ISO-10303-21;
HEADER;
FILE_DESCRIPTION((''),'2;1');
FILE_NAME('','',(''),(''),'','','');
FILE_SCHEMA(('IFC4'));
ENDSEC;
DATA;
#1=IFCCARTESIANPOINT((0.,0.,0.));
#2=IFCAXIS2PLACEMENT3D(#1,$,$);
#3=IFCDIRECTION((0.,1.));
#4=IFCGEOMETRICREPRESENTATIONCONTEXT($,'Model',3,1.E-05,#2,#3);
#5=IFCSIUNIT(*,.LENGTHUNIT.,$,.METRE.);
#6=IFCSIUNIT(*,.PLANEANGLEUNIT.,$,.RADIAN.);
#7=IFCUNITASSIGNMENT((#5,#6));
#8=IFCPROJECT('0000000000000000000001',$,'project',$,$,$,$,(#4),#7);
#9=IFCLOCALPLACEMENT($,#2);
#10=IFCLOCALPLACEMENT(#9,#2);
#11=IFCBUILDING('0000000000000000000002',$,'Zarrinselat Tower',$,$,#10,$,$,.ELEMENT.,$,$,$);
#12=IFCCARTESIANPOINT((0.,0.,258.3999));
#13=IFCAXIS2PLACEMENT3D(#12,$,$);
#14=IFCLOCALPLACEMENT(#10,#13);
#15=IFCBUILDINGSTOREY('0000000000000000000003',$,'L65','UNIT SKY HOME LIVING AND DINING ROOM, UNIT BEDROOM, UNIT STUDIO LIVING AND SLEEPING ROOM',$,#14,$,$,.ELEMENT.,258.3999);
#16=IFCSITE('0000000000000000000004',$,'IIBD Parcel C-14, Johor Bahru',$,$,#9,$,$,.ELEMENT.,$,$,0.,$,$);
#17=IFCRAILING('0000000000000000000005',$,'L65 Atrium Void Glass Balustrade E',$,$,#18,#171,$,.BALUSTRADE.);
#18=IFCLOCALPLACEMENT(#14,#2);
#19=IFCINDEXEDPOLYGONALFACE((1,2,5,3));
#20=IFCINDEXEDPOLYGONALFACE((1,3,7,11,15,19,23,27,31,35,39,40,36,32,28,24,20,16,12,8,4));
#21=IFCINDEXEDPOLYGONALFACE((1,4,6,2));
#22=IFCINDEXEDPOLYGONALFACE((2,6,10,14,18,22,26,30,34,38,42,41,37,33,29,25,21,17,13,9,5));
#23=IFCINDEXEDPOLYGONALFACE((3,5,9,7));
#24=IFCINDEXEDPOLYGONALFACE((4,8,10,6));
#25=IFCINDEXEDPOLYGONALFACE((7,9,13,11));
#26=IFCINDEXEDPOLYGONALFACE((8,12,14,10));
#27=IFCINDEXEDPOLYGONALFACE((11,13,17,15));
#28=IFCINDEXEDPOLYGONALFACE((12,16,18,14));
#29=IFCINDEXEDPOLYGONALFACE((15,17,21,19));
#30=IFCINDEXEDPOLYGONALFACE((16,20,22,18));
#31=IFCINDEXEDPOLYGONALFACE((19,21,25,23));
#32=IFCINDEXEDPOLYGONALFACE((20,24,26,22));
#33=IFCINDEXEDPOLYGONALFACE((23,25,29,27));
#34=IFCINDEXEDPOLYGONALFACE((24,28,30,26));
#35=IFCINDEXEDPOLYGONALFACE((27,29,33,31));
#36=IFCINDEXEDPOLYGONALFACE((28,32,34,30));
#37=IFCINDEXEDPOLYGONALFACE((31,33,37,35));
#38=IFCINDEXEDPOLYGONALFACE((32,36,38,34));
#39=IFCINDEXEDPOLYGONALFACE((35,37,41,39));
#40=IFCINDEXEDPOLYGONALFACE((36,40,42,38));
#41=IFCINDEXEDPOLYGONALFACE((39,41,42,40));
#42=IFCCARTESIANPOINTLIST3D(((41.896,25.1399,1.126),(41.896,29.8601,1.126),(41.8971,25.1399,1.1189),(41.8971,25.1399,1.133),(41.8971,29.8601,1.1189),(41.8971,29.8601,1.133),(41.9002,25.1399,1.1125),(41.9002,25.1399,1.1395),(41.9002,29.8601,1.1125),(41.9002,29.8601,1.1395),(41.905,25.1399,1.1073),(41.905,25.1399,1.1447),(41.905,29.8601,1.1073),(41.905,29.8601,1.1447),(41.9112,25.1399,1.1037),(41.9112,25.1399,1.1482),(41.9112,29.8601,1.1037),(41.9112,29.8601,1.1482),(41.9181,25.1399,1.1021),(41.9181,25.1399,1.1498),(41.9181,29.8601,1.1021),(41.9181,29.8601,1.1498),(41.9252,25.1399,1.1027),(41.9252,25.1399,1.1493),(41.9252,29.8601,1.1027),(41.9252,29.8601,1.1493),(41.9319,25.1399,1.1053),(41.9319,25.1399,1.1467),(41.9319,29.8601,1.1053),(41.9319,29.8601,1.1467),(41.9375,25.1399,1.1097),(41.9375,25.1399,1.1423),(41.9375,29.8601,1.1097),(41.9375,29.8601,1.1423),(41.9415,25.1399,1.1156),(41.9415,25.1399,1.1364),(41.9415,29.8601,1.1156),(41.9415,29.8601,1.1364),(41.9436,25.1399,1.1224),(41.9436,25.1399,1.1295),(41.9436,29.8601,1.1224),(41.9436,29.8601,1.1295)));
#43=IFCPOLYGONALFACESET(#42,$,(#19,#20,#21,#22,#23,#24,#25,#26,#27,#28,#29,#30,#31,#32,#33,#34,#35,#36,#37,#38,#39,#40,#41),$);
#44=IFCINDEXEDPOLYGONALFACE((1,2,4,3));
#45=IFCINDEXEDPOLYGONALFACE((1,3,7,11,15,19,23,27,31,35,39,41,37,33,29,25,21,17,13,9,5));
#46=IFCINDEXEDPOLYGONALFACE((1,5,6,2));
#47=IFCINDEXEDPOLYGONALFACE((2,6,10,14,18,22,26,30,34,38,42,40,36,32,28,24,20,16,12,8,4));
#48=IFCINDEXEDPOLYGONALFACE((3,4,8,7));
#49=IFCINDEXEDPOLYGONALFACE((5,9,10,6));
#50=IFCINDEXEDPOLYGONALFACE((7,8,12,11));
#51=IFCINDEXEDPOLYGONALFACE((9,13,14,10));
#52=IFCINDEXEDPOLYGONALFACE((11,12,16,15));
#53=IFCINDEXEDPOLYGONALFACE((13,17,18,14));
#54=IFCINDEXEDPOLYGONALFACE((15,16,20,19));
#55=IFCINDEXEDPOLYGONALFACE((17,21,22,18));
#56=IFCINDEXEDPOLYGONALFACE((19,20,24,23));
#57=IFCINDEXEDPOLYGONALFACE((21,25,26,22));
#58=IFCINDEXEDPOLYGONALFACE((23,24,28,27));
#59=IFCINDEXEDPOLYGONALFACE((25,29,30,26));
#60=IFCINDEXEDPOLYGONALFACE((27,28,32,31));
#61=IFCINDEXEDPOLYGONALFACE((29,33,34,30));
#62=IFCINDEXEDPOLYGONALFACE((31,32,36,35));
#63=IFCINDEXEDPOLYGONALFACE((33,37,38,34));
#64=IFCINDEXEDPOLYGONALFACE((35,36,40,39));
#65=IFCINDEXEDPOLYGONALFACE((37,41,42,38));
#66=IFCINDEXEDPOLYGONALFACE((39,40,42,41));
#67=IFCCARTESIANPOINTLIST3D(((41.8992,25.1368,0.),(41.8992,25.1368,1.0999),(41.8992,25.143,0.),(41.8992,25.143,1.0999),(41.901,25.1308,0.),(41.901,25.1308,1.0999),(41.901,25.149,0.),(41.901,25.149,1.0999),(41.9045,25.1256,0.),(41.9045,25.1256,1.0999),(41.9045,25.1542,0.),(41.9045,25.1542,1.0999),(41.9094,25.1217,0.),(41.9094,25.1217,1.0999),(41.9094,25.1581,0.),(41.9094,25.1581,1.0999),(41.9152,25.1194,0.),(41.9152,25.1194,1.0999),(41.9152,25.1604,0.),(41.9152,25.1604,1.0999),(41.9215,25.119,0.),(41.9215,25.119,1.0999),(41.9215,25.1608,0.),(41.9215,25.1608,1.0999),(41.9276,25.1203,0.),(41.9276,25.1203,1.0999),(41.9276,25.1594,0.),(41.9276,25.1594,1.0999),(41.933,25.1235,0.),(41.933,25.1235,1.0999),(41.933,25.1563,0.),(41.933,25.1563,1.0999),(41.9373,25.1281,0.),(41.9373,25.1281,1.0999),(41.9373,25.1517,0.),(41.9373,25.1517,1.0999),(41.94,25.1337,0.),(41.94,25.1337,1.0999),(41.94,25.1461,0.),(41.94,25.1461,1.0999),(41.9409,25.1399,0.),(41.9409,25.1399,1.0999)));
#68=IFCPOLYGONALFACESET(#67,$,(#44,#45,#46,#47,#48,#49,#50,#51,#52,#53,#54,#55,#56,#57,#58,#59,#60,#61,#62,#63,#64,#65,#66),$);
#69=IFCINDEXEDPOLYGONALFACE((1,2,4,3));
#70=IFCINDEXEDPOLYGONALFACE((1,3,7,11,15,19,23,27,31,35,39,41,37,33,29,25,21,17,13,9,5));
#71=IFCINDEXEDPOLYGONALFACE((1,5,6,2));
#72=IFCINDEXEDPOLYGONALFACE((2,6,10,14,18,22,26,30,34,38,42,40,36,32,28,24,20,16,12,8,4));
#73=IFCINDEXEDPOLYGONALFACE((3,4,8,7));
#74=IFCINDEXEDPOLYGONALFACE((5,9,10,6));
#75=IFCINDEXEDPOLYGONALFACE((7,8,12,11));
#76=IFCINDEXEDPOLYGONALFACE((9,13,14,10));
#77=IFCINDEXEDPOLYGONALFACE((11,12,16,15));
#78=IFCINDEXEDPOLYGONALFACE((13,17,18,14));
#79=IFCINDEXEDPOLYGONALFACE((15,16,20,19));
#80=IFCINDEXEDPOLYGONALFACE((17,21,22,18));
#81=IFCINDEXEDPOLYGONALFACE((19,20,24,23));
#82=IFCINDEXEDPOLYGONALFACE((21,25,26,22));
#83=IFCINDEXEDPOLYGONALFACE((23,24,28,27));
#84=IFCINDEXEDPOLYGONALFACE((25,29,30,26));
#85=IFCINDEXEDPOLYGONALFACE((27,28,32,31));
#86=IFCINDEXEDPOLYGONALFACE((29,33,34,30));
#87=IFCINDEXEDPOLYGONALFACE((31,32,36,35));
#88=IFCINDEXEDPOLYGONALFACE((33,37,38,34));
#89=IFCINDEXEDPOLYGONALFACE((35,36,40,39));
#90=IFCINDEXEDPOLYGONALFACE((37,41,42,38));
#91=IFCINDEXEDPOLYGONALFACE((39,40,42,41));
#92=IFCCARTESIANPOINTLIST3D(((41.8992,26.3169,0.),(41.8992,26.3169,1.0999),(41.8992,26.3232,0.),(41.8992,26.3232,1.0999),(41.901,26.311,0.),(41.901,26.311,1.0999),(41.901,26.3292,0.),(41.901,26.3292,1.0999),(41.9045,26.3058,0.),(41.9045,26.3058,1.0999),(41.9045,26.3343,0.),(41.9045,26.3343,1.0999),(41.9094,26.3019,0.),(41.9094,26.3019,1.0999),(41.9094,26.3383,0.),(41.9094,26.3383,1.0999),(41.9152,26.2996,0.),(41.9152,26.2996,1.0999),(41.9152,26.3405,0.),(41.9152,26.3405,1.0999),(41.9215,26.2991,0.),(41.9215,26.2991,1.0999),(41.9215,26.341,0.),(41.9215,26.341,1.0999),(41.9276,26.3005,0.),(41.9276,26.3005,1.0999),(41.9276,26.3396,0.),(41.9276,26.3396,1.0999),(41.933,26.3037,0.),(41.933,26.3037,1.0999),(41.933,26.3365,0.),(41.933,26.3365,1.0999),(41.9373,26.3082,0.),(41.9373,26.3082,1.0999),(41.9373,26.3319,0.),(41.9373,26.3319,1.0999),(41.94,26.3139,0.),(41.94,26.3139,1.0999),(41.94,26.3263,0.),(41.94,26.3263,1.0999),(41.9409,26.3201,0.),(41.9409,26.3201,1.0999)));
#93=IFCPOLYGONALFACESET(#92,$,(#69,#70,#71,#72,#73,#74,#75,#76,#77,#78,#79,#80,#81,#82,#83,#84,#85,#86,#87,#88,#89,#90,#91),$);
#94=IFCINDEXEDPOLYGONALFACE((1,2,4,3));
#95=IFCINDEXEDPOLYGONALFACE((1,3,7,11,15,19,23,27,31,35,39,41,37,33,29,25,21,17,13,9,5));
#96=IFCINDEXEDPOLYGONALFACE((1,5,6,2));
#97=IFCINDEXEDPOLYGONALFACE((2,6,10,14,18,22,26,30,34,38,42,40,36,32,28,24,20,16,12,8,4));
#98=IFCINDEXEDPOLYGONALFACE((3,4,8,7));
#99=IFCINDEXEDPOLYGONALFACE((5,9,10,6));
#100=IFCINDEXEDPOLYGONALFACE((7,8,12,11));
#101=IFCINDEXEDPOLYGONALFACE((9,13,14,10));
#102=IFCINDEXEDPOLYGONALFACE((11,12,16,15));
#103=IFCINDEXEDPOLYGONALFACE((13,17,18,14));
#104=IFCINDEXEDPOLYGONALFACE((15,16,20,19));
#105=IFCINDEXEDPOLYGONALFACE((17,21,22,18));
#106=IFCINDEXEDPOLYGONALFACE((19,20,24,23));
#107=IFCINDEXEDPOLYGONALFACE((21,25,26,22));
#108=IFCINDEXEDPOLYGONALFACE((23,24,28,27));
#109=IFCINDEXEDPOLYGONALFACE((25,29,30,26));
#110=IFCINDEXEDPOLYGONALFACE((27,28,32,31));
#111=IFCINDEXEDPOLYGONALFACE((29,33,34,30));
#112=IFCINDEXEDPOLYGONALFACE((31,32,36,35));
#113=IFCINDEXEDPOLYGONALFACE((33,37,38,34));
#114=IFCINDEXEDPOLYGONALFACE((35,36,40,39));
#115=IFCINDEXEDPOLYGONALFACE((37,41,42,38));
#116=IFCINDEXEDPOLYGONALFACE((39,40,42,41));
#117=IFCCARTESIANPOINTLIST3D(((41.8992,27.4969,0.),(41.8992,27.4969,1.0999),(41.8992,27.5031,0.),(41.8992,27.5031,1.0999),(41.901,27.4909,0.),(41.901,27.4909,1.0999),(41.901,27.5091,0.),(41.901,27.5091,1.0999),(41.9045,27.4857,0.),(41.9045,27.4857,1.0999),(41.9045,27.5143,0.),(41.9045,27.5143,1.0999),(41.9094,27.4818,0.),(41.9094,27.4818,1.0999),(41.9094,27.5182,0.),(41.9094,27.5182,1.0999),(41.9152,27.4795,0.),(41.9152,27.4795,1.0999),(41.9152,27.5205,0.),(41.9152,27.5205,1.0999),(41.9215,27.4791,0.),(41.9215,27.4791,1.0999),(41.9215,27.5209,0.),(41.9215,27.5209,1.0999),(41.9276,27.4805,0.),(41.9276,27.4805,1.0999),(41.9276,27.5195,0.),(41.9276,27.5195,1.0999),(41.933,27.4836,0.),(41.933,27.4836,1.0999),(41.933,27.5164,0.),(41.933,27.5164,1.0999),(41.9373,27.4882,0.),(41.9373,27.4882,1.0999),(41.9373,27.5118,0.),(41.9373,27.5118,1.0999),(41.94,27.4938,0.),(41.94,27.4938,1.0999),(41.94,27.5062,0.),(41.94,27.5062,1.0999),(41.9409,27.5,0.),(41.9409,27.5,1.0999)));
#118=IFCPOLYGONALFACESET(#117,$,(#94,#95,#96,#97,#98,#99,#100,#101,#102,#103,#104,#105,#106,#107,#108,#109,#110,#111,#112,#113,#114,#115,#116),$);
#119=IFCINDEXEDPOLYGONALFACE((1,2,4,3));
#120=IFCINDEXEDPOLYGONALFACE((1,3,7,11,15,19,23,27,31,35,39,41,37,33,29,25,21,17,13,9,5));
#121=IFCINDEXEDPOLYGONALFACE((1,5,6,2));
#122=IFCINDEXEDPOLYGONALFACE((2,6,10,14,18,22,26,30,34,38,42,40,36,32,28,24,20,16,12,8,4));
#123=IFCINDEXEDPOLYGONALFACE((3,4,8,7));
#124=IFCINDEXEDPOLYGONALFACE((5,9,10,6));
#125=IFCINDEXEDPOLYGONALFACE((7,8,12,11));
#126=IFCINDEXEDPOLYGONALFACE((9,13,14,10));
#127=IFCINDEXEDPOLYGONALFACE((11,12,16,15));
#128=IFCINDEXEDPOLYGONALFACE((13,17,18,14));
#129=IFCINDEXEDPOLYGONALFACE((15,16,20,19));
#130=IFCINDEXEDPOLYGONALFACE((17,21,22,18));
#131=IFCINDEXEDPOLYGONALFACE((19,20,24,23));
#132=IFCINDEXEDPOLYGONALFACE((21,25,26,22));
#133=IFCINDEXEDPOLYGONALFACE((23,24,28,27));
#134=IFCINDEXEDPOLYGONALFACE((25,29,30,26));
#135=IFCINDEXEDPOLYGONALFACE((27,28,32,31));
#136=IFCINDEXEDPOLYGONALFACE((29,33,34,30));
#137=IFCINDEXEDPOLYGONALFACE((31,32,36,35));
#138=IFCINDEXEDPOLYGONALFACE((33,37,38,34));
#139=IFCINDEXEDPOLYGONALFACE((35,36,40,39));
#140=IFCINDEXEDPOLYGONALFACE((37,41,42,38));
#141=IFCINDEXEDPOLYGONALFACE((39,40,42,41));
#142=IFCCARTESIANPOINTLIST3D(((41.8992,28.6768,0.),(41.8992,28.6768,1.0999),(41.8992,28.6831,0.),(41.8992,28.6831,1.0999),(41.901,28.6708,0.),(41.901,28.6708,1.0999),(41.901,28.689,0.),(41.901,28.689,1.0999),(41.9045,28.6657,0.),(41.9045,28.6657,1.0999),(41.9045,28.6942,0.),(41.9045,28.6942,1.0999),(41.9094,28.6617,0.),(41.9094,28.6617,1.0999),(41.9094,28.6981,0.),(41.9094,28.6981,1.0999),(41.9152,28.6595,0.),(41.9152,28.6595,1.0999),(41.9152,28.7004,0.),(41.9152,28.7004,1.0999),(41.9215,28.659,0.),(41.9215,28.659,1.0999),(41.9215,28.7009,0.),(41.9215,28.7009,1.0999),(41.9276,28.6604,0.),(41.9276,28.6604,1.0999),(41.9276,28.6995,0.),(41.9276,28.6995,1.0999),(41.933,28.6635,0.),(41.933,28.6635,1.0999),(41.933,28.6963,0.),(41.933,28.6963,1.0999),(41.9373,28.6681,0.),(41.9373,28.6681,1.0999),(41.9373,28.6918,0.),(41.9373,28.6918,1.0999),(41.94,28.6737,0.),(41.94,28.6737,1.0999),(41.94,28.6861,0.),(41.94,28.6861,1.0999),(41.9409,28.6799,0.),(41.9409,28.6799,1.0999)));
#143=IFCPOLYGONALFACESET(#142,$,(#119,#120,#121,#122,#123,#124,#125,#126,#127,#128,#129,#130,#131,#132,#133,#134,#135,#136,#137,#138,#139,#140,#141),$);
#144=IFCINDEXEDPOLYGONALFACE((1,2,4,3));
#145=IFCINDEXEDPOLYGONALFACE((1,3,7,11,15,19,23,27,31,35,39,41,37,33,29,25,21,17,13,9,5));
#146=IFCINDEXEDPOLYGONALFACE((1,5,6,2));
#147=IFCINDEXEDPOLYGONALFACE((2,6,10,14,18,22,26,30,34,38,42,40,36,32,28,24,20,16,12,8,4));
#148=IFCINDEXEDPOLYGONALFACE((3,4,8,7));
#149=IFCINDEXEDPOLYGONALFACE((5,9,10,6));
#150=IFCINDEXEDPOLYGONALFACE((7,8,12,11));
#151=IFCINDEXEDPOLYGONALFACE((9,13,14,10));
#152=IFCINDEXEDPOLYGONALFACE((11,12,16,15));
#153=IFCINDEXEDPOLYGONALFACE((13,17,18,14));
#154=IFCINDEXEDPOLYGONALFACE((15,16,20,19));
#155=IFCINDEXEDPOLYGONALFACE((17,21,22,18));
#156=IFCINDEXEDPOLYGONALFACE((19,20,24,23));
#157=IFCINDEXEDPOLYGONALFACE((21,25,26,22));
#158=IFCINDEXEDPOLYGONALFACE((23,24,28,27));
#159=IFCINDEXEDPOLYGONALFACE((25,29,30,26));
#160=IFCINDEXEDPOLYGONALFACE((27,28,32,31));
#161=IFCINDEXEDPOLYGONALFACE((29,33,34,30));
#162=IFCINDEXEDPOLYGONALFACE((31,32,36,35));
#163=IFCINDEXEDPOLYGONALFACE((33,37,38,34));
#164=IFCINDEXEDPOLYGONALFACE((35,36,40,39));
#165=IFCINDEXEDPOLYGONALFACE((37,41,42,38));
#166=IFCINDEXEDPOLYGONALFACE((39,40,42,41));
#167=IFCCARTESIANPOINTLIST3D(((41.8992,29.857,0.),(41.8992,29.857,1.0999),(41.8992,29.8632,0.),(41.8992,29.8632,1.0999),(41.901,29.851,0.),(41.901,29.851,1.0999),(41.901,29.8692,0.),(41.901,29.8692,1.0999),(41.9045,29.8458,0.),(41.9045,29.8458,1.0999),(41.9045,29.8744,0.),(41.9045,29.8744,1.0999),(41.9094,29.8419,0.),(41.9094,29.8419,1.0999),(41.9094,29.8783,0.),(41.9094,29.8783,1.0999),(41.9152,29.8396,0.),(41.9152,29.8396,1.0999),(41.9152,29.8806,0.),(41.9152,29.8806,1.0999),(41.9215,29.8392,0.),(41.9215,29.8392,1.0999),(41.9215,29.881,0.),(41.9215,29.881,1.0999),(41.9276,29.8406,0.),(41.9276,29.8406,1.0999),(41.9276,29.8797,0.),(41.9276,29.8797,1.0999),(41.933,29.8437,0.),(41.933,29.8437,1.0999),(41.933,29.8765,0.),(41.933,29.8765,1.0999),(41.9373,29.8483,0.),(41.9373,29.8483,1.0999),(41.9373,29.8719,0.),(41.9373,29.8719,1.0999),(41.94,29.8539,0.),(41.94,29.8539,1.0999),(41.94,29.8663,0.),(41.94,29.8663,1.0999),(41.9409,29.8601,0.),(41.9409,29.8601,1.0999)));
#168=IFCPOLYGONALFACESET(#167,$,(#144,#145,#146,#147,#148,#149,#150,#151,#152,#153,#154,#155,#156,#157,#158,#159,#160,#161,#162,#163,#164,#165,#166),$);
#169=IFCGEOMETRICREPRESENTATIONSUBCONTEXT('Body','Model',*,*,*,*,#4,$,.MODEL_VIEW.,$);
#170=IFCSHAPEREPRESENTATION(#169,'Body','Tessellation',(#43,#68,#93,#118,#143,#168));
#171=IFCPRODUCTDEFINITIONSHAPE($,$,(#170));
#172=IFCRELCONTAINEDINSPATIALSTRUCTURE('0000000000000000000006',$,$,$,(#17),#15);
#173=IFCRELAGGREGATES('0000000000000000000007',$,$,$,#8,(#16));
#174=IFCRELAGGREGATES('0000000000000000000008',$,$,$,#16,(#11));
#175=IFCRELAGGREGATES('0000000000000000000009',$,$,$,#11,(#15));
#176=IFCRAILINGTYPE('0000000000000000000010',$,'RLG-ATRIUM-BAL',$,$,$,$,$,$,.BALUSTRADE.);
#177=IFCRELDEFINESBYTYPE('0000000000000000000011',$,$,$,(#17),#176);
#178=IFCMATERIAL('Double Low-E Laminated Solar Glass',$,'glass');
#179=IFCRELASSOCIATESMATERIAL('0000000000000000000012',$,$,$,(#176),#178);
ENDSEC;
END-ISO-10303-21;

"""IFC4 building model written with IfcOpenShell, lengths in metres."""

from ifc_helpers import new_model, si_unit, direction, frame, origin, origin_2d, place, context, subcontext, project, spatial, circle, extrude, material, type_object, element, save


model = new_model("IFC4")

# Units and contexts
model_context = context("Model", 3, precision=1e-05, world=origin(), true_north=direction((0.0, 1.0)))
body_context = subcontext(model_context, "Body", "Model", "MODEL_VIEW")
ifc_project = project(units=[si_unit("LENGTHUNIT", "METRE"), si_unit("PLANEANGLEUNIT", "RADIAN")], contexts=[model_context])

# Site, building, storey
site_placement = place(None, origin())
site = spatial("IfcSite", under=ifc_project, at=site_placement, Name="IIBD Parcel C-14, Johor Bahru", CompositionType="ELEMENT", RefElevation=0.0)
building_placement = place(site_placement, origin())
building = spatial("IfcBuilding", under=site, at=building_placement, Name="Zarrinselat Tower", CompositionType="ELEMENT")
storey_placement = place(building_placement, frame((0.0, 0.0, 258.3999)))
storey = spatial("IfcBuildingStorey", under=building, at=storey_placement, Name="L65", Description="UNIT SKY HOME LIVING AND DINING ROOM, UNIT BEDROOM, UNIT STUDIO LIVING AND SLEEPING ROOM", CompositionType="ELEMENT", Elevation=258.3999)

# Railing
ifc_material_1 = material(Name="Double Low-E Laminated Solar Glass", Category="glass")
railing_type = type_object("IfcRailingType", Name="RLG-ATRIUM-BAL", PredefinedType="BALUSTRADE", material=ifc_material_1)
railing_1_placement = place(storey_placement, frame((41.9199, 25.1399, 0.0)))
element("IfcRailing", 1, at=railing_1_placement, inside=storey, type_object=railing_type, Name="L65 Atrium Void Glass Balustrade E", PredefinedType="BALUSTRADE", context=body_context, shape_type="SweptSolid", body=[
    extrude(circle(Radius=0.0239, at=origin_2d()), frame((0.0, 0.0, 1.126), z_axis=(0.0, 1.0, 0.0), x_axis=(-1.0, 0.0, 0.0)), (0.0, 0.0, 1.0), 4.7202),
    extrude(circle(Radius=0.021, at=origin_2d()), origin(), (0.0, 0.0, 1.0), 1.0999),
    extrude(circle(Radius=0.021, at=origin_2d()), frame((0.0, 1.1802, 0.0)), (0.0, 0.0, 1.0), 1.0999),
    extrude(circle(Radius=0.021, at=origin_2d()), frame((0.0, 2.3601, 0.0)), (0.0, 0.0, 1.0), 1.0999),
    extrude(circle(Radius=0.021, at=origin_2d()), frame((0.0, 3.54, 0.0)), (0.0, 0.0, 1.0), 1.0999),
    extrude(circle(Radius=0.021, at=origin_2d()), frame((0.0, 4.7202, 0.0)), (0.0, 0.0, 1.0), 1.0999),
])

save(model, "model.ifc")
